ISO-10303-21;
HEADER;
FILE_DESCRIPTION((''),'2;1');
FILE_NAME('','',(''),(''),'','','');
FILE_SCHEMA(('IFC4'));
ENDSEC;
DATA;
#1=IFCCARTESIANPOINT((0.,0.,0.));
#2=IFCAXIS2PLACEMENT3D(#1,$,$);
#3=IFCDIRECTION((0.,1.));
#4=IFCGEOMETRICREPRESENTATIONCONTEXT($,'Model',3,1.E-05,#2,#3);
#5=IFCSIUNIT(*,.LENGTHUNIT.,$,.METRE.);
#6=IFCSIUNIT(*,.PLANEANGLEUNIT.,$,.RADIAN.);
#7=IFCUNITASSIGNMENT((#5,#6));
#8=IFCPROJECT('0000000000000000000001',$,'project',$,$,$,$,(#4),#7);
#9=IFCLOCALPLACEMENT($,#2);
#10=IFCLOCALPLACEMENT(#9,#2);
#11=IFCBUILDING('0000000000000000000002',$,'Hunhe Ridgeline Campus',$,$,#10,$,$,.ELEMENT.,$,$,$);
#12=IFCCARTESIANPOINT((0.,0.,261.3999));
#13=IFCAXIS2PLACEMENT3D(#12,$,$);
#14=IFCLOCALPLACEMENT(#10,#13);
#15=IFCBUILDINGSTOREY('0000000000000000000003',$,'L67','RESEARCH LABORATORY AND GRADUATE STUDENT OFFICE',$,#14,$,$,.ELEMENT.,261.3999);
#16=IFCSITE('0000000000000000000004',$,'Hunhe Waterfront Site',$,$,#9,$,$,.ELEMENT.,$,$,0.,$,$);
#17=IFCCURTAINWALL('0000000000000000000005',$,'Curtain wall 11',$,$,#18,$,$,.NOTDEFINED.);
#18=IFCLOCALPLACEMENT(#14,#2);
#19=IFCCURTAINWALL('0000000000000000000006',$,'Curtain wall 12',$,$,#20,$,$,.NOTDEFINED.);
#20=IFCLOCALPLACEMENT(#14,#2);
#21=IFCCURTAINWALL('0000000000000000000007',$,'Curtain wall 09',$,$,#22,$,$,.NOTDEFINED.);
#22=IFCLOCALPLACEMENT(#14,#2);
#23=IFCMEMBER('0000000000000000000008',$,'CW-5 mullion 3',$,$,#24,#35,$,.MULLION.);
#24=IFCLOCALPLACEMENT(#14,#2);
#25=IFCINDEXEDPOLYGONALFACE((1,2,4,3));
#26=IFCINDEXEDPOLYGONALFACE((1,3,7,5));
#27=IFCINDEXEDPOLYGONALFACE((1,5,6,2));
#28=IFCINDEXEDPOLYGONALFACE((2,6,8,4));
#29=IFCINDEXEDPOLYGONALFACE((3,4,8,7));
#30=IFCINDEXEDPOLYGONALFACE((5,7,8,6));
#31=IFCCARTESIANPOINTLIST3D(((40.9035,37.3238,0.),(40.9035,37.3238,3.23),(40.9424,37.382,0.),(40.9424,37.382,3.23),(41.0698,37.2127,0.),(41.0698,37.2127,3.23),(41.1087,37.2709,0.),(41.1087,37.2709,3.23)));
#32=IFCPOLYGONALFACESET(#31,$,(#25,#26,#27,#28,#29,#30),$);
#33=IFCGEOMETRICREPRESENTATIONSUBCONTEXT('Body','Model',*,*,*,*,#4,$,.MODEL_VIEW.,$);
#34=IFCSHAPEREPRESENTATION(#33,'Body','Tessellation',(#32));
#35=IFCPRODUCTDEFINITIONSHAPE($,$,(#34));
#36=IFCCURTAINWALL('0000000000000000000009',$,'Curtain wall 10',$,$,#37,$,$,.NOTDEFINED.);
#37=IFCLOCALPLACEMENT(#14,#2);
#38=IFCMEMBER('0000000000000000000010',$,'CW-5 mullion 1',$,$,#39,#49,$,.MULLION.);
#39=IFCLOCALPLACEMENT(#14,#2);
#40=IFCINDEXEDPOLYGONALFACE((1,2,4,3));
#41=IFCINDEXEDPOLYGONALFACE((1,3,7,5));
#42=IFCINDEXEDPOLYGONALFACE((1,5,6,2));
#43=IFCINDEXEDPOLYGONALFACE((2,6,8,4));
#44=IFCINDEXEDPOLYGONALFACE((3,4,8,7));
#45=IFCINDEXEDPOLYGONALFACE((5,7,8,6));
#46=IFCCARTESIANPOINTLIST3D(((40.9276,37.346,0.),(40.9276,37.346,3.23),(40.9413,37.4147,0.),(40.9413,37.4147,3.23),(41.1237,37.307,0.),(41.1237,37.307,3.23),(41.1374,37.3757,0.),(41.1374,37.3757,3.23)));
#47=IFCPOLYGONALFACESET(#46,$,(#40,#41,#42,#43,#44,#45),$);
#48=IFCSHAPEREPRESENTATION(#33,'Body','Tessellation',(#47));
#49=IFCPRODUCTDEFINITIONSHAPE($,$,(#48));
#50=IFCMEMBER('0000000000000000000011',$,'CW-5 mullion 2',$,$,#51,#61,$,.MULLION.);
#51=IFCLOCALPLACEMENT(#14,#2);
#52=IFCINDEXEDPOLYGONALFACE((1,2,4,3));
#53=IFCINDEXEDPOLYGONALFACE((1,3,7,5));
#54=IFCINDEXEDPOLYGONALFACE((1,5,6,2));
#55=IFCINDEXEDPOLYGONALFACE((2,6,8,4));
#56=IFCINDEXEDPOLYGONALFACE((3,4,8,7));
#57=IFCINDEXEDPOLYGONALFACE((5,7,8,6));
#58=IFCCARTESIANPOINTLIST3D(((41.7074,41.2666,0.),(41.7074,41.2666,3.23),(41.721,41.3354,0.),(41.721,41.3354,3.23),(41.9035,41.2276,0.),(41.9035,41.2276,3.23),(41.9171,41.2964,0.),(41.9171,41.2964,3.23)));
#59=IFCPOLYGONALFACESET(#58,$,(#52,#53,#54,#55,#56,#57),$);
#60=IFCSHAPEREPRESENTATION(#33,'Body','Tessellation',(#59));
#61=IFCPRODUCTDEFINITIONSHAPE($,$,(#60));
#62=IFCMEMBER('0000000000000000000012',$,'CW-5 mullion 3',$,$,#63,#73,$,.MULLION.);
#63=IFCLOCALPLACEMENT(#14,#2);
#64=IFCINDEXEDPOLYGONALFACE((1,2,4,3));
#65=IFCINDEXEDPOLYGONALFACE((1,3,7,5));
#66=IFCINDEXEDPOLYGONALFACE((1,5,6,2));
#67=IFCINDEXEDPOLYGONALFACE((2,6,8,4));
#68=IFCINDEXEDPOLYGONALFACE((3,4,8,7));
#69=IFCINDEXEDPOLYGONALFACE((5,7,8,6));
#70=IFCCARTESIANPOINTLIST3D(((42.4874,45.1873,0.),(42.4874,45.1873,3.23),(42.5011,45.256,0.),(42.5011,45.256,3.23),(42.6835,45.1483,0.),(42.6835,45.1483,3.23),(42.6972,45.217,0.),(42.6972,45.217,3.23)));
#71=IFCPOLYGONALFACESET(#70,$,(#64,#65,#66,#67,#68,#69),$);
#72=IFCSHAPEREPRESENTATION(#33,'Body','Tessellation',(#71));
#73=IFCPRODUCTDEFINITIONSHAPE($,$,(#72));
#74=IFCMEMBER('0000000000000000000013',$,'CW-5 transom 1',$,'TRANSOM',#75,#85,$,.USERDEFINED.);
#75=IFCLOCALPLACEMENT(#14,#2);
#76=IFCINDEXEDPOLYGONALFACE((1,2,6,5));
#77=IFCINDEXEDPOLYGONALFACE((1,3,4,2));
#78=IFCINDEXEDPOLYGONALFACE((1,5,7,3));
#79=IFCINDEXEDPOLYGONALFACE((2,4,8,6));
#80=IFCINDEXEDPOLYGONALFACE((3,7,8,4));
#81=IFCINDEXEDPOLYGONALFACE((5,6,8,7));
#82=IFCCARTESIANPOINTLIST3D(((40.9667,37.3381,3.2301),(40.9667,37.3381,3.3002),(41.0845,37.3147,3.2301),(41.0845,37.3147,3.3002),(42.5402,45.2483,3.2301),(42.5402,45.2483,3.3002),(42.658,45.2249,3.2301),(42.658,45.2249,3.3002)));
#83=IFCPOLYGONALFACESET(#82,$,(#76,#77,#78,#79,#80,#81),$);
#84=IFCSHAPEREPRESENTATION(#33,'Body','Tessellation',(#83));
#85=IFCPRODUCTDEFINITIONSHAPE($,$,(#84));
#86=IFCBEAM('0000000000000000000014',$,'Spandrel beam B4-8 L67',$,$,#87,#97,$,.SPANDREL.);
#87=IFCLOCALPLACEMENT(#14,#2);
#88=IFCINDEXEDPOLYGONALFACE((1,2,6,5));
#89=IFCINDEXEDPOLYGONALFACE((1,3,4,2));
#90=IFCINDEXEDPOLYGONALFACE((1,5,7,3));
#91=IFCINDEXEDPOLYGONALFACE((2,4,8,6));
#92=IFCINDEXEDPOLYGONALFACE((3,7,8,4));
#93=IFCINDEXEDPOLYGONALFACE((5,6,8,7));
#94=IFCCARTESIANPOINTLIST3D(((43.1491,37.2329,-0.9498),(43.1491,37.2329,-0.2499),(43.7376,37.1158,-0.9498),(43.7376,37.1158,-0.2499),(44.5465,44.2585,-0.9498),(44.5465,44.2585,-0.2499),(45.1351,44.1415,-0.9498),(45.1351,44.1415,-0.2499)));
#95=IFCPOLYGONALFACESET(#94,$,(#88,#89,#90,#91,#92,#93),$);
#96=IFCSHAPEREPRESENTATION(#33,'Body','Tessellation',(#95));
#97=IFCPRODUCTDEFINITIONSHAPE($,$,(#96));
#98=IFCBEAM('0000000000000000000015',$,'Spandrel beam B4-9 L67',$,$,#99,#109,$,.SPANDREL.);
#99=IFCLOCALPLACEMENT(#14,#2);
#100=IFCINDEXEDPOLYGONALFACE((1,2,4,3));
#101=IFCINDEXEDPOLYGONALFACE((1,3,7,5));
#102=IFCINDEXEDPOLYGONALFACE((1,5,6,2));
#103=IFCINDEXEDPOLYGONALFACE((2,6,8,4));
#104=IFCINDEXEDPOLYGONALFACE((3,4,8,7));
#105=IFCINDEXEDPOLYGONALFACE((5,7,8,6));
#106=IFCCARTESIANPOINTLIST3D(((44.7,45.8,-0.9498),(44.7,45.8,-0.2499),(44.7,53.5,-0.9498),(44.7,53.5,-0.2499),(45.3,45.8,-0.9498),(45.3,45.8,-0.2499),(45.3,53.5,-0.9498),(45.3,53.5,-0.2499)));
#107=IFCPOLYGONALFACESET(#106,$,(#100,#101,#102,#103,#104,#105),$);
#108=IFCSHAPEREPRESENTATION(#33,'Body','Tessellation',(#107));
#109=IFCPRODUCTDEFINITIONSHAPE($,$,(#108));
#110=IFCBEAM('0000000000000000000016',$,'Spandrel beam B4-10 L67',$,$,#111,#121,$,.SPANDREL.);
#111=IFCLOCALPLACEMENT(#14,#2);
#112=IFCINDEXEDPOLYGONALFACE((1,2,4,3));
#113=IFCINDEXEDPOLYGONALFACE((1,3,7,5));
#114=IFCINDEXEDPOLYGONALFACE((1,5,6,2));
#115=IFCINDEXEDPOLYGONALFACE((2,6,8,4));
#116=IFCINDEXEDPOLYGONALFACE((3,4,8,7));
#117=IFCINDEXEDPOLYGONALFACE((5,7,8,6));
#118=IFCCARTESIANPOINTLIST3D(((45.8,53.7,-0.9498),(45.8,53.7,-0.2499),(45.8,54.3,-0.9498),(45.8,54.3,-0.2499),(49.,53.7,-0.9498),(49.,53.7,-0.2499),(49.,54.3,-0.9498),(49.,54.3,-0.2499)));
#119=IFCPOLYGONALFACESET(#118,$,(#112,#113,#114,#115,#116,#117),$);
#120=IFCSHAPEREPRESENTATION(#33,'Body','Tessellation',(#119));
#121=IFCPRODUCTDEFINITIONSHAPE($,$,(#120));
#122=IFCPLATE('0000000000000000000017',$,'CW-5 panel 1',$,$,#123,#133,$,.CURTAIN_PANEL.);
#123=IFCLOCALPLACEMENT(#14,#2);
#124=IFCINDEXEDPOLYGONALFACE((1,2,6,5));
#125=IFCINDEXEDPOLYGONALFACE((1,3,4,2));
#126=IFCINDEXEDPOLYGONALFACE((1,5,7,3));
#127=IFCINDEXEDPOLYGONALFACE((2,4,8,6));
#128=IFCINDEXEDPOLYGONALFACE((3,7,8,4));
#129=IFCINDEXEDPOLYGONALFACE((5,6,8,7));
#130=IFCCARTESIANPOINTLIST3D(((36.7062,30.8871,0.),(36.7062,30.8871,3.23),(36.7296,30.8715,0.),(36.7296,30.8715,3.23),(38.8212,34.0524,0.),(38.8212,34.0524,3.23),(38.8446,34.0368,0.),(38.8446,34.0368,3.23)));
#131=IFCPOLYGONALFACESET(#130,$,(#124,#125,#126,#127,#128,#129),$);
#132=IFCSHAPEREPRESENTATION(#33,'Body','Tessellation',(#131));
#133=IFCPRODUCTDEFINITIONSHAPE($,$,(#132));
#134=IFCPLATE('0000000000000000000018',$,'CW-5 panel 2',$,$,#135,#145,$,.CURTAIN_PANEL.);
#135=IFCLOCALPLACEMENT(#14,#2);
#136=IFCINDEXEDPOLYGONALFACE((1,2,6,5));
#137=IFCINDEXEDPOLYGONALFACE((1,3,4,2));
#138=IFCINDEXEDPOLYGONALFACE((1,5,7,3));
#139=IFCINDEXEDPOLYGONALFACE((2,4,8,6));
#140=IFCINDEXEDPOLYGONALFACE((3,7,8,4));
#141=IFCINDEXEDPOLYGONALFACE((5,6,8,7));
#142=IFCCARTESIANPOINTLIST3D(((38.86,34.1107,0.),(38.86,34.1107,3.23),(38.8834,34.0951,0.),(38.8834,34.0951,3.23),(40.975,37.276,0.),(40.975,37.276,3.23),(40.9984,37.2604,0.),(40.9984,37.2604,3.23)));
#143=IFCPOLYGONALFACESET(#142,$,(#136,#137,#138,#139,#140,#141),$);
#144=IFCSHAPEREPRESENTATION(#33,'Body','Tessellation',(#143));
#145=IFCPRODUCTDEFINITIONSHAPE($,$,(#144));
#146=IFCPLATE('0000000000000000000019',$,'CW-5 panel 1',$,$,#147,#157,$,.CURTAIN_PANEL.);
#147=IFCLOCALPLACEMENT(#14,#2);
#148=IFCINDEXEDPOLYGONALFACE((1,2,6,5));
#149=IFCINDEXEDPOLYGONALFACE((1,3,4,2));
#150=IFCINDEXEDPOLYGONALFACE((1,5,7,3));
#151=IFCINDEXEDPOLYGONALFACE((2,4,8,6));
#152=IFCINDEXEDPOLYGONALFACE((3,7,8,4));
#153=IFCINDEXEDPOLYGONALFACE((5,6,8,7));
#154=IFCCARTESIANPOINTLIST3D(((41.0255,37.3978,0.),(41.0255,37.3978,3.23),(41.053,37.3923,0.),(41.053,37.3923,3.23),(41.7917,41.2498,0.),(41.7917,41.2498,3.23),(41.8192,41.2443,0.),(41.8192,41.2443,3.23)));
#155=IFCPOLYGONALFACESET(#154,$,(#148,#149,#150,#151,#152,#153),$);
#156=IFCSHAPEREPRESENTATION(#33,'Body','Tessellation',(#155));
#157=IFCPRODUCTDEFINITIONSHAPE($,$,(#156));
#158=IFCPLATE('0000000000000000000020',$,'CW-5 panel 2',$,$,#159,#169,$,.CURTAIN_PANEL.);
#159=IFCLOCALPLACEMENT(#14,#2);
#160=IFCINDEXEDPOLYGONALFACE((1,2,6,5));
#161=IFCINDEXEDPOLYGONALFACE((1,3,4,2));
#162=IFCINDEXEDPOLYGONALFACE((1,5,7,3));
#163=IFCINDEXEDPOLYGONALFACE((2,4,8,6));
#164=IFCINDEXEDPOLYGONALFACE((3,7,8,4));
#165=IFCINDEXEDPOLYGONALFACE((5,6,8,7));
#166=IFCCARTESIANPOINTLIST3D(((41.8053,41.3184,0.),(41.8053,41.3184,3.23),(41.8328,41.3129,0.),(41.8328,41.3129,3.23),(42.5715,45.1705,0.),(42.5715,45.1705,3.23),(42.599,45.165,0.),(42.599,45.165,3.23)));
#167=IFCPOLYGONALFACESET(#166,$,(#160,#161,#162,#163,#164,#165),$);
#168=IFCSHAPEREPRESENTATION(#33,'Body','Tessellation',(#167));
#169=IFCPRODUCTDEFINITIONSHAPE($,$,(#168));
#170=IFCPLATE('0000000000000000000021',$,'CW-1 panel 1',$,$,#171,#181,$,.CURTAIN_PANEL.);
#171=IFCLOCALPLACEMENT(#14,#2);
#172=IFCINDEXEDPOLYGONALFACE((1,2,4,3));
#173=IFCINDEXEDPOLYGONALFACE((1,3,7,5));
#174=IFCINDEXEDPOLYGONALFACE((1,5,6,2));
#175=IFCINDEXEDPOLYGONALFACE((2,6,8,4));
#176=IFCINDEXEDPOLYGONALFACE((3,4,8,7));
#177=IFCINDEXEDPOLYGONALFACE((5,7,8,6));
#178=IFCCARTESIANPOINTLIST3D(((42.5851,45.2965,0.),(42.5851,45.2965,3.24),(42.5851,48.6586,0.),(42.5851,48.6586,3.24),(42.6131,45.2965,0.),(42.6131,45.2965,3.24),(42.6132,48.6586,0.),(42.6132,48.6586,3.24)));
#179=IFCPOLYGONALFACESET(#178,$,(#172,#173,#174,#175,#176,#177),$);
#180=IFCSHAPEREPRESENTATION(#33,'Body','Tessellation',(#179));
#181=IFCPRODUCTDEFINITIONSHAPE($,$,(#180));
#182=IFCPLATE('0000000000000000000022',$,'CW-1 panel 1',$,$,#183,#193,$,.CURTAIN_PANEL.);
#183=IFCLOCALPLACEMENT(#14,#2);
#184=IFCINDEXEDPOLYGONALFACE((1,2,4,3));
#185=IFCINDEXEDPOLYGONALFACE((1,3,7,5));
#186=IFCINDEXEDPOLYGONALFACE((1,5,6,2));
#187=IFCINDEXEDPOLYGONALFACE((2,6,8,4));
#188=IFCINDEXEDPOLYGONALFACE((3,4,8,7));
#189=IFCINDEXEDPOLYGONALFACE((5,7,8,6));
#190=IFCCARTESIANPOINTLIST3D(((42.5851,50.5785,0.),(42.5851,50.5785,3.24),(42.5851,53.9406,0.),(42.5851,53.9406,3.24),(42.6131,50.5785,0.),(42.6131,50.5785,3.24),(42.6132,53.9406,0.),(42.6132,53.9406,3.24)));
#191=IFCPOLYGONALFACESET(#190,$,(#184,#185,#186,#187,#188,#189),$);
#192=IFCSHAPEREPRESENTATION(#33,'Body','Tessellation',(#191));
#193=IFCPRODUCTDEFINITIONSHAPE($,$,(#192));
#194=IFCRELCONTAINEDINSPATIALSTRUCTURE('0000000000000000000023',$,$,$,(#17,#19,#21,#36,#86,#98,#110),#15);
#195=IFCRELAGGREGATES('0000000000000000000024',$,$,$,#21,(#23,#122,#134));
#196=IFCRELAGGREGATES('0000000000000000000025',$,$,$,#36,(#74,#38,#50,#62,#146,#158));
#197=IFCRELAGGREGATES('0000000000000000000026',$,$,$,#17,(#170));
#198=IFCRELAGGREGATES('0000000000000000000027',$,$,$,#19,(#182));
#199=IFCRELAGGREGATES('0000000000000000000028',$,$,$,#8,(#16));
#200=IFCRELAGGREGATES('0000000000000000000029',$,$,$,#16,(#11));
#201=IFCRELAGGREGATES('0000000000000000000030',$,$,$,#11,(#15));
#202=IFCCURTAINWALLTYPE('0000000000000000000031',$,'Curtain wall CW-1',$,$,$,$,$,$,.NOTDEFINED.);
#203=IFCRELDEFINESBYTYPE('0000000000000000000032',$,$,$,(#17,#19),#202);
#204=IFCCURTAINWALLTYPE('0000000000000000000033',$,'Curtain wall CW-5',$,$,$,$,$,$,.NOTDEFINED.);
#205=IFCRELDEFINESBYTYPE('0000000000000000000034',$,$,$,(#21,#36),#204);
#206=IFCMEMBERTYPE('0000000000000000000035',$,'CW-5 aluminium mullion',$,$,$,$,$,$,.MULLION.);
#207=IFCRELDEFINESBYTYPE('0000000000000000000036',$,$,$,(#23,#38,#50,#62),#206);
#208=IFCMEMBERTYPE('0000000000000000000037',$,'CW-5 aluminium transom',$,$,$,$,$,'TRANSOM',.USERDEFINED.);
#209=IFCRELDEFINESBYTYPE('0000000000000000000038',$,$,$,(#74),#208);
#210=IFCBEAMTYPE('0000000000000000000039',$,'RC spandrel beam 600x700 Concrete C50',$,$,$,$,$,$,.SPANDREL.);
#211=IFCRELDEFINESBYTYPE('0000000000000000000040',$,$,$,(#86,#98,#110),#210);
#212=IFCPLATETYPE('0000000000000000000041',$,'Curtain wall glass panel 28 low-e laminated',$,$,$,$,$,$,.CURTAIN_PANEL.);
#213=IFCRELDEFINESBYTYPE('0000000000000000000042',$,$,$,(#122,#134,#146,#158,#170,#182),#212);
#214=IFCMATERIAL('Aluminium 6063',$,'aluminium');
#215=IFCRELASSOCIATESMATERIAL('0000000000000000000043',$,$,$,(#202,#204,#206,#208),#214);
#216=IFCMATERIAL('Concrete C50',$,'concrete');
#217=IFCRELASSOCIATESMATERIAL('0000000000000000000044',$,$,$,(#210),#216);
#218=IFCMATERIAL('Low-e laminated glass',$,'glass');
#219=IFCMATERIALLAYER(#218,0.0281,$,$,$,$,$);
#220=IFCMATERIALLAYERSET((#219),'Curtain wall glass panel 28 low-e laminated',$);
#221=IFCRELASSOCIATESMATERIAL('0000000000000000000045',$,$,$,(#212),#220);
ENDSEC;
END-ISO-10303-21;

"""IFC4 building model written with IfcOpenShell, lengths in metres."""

from ifc_helpers import new_model, si_unit, direction, frame, origin, origin_2d, place, context, subcontext, project, spatial, rectangle, extrude, material, layer, layer_set, material_profile, profile_set, type_object, element, aggregate, save


model = new_model("IFC4")

# Units and contexts
model_context = context("Model", 3, precision=1e-05, world=origin(), true_north=direction((0.0, 1.0)))
body_context = subcontext(model_context, "Body", "Model", "MODEL_VIEW")
ifc_project = project(units=[si_unit("LENGTHUNIT", "METRE"), si_unit("PLANEANGLEUNIT", "RADIAN")], contexts=[model_context])

# Site, building, storey
site_placement = place(None, origin())
site = spatial("IfcSite", under=ifc_project, at=site_placement, Name="Hunhe Waterfront Site", CompositionType="ELEMENT", RefElevation=0.0)
building_placement = place(site_placement, origin())
building = spatial("IfcBuilding", under=site, at=building_placement, Name="Hunhe Ridgeline Campus", CompositionType="ELEMENT")
storey_placement = place(building_placement, frame((0.0, 0.0, 261.3999)))
storey = spatial("IfcBuildingStorey", under=building, at=storey_placement, Name="L67", Description="RESEARCH LABORATORY AND GRADUATE STUDENT OFFICE", CompositionType="ELEMENT", Elevation=261.3999)

# Curtain walls
ifc_material_1 = material(Name="Aluminium 6063", Category="aluminium")
curtain_wall_type_1 = type_object("IfcCurtainWallType", Name="Curtain wall CW-1", PredefinedType="NOTDEFINED", material=ifc_material_1)
curtain_wall_1_placement = place(storey_placement, origin())
curtain_wall_1 = element("IfcCurtainWall", 1, at=curtain_wall_1_placement, inside=storey, type_object=curtain_wall_type_1, Name="Curtain wall 11", PredefinedType="NOTDEFINED")
curtain_wall_2_placement = place(storey_placement, origin())
curtain_wall_2 = element("IfcCurtainWall", 2, at=curtain_wall_2_placement, inside=storey, type_object=curtain_wall_type_1, Name="Curtain wall 12", PredefinedType="NOTDEFINED")

# Curtain walls, members
curtain_wall_type_2 = type_object("IfcCurtainWallType", Name="Curtain wall CW-5", PredefinedType="NOTDEFINED", material=ifc_material_1)
curtain_wall_3_placement = place(storey_placement, origin())
curtain_wall_3 = element("IfcCurtainWall", 3, at=curtain_wall_3_placement, inside=storey, type_object=curtain_wall_type_2, Name="Curtain wall 09", PredefinedType="NOTDEFINED")
ifc_material_profile_1 = material_profile(ifc_material_1, rectangle(XDim=0.2, YDim=0.0701, at=origin_2d()))
ifc_profile_set_1 = profile_set([ifc_material_profile_1], Name="Aluminium 6063")
member_type_1 = type_object("IfcMemberType", Name="CW-5 aluminium mullion", PredefinedType="MULLION", material=ifc_profile_set_1)
member_1_placement = place(storey_placement, frame((41.0061, 37.2974, 0.0), z_axis=(0.0, 0.0, 1.0), x_axis=(-0.83147, 0.55557, 0.0)))
member_1 = element("IfcMember", 4, at=member_1_placement, type_object=member_type_1, Name="CW-5 mullion 3", PredefinedType="MULLION", context=body_context, shape_type="SweptSolid", body=[
    extrude(rectangle(XDim=0.2, YDim=0.0701, at=origin_2d()), origin(), (0.0, 0.0, 1.0), 3.23),
])
curtain_wall_4_placement = place(storey_placement, origin())
curtain_wall_4 = element("IfcCurtainWall", 5, at=curtain_wall_4_placement, inside=storey, type_object=curtain_wall_type_2, Name="Curtain wall 10", PredefinedType="NOTDEFINED")
member_2_placement = place(storey_placement, frame((41.0325, 37.3608, 0.0), z_axis=(0.0, 0.0, 1.0), x_axis=(-0.980785, 0.19509, 0.0)))
member_2 = element("IfcMember", 6, at=member_2_placement, type_object=member_type_1, Name="CW-5 mullion 1", PredefinedType="MULLION", context=body_context, shape_type="SweptSolid", body=[
    extrude(rectangle(XDim=0.2, YDim=0.0701, at=origin_2d()), origin(), (0.0, 0.0, 1.0), 3.23),
])
member_3_placement = place(storey_placement, frame((41.8123, 41.2815, 0.0), z_axis=(0.0, 0.0, 1.0), x_axis=(-0.980785, 0.19509, 0.0)))
member_3 = element("IfcMember", 7, at=member_3_placement, type_object=member_type_1, Name="CW-5 mullion 2", PredefinedType="MULLION", context=body_context, shape_type="SweptSolid", body=[
    extrude(rectangle(XDim=0.2, YDim=0.0701, at=origin_2d()), origin(), (0.0, 0.0, 1.0), 3.23),
])
member_4_placement = place(storey_placement, frame((42.5923, 45.2021, 0.0), z_axis=(0.0, 0.0, 1.0), x_axis=(-0.980785, 0.19509, 0.0)))
member_4 = element("IfcMember", 8, at=member_4_placement, type_object=member_type_1, Name="CW-5 mullion 3", PredefinedType="MULLION", context=body_context, shape_type="SweptSolid", body=[
    extrude(rectangle(XDim=0.2, YDim=0.0701, at=origin_2d()), origin(), (0.0, 0.0, 1.0), 3.23),
])
ifc_material_profile_2 = material_profile(ifc_material_1, rectangle(XDim=0.1201, YDim=0.0701, at=origin_2d()))
ifc_profile_set_2 = profile_set([ifc_material_profile_2], Name="Aluminium 6063")
member_type_2 = type_object("IfcMemberType", Name="CW-5 aluminium transom", ElementType="TRANSOM", PredefinedType="USERDEFINED", material=ifc_profile_set_2)
member_5_placement = place(storey_placement, frame((41.0256, 37.3264, 3.2651), z_axis=(0.195097, 0.980784, 0.0), x_axis=(-0.980784, 0.195097, 0.0)))
member_5 = element("IfcMember", 9, at=member_5_placement, type_object=member_type_2, Name="CW-5 transom 1", ObjectType="TRANSOM", PredefinedType="USERDEFINED", context=body_context, shape_type="SweptSolid", body=[
    extrude(rectangle(XDim=0.1201, YDim=0.0701, at=origin_2d()), origin(), (0.0, 0.0, 1.0), 8.0652),
])

# Beams
ifc_material_2 = material(Name="Concrete C50", Category="concrete")
ifc_material_profile_3 = material_profile(ifc_material_2, rectangle(XDim=0.6001, YDim=0.7, at=origin_2d()))
ifc_profile_set_3 = profile_set([ifc_material_profile_3], Name="Concrete C50")
beam_type = type_object("IfcBeamType", Name="RC spandrel beam 600x700 Concrete C50", PredefinedType="SPANDREL", material=ifc_profile_set_3)
beam_1_placement = place(storey_placement, frame((43.4434, 37.1743, -0.5999), z_axis=(0.195087, 0.980786, 0.0), x_axis=(-0.980786, 0.195087, 0.0)))
element("IfcBeam", 10, at=beam_1_placement, inside=storey, type_object=beam_type, Name="Spandrel beam B4-8 L67", PredefinedType="SPANDREL", context=body_context, shape_type="SweptSolid", body=[
    extrude(rectangle(XDim=0.6001, YDim=0.7, at=origin_2d()), origin(), (0.0, 0.0, 1.0), 7.1633),
])
beam_2_placement = place(storey_placement, frame((45.0, 45.8, -0.5999), z_axis=(0.0, 1.0, 0.0), x_axis=(-1.0, 0.0, 0.0)))
element("IfcBeam", 11, at=beam_2_placement, inside=storey, type_object=beam_type, Name="Spandrel beam B4-9 L67", PredefinedType="SPANDREL", context=body_context, shape_type="SweptSolid", body=[
    extrude(rectangle(XDim=0.6001, YDim=0.7, at=origin_2d()), origin(), (0.0, 0.0, 1.0), 7.7),
])
beam_3_placement = place(storey_placement, frame((45.8, 54.0, -0.5999), z_axis=(1.0, 0.0, 0.0), x_axis=(0.0, 1.0, 0.0)))
element("IfcBeam", 12, at=beam_3_placement, inside=storey, type_object=beam_type, Name="Spandrel beam B4-10 L67", PredefinedType="SPANDREL", context=body_context, shape_type="SweptSolid", body=[
    extrude(rectangle(XDim=0.6001, YDim=0.7, at=origin_2d()), origin(), (0.0, 0.0, 1.0), 3.2),
])

# Plates
ifc_material_3 = material(Name="Low-e laminated glass", Category="glass")
ifc_layer_1 = layer(ifc_material_3, 0.0281)
ifc_layer_set_1 = layer_set([ifc_layer_1], Name="Curtain wall glass panel 28 low-e laminated")
plate_type = type_object("IfcPlateType", Name="Curtain wall glass panel 28 low-e laminated", PredefinedType="CURTAIN_PANEL", material=ifc_layer_set_1)
plate_1_placement = place(storey_placement, frame((37.7754, 32.4619, 0.0), z_axis=(0.0, 0.0, 1.0), x_axis=(0.55557, 0.83147, 0.0)))
plate_1 = element("IfcPlate", 13, at=plate_1_placement, type_object=plate_type, Name="CW-5 panel 1", PredefinedType="CURTAIN_PANEL", context=body_context, shape_type="SweptSolid", body=[
    extrude(rectangle(XDim=3.8069, YDim=0.0281, at=origin_2d()), origin(), (0.0, 0.0, 1.0), 3.23),
])
plate_2_placement = place(storey_placement, frame((39.9292, 35.6855, 0.0), z_axis=(0.0, 0.0, 1.0), x_axis=(0.55557, 0.83147, 0.0)))
plate_2 = element("IfcPlate", 14, at=plate_2_placement, type_object=plate_type, Name="CW-5 panel 2", PredefinedType="CURTAIN_PANEL", context=body_context, shape_type="SweptSolid", body=[
    extrude(rectangle(XDim=3.8069, YDim=0.0281, at=origin_2d()), origin(), (0.0, 0.0, 1.0), 3.23),
])
aggregate(curtain_wall_3, [member_1, plate_1, plate_2])
plate_3_placement = place(storey_placement, frame((41.4224, 39.321, 0.0), z_axis=(0.0, 0.0, 1.0), x_axis=(0.19509, 0.980785, 0.0)))
plate_3 = element("IfcPlate", 15, at=plate_3_placement, type_object=plate_type, Name="CW-5 panel 1", PredefinedType="CURTAIN_PANEL", context=body_context, shape_type="SweptSolid", body=[
    extrude(rectangle(XDim=3.9275, YDim=0.0281, at=origin_2d()), origin(), (0.0, 0.0, 1.0), 3.23),
])
plate_4_placement = place(storey_placement, frame((42.2021, 43.2417, 0.0), z_axis=(0.0, 0.0, 1.0), x_axis=(0.19509, 0.980785, 0.0)))
plate_4 = element("IfcPlate", 16, at=plate_4_placement, type_object=plate_type, Name="CW-5 panel 2", PredefinedType="CURTAIN_PANEL", context=body_context, shape_type="SweptSolid", body=[
    extrude(rectangle(XDim=3.9275, YDim=0.0281, at=origin_2d()), origin(), (0.0, 0.0, 1.0), 3.23),
])
aggregate(curtain_wall_4, [member_5, member_2, member_3, member_4, plate_3, plate_4])
plate_5_placement = place(storey_placement, frame((42.5991, 46.9775, 0.0), z_axis=(0.0, 0.0, 1.0), x_axis=(0.000019, 1.0, 0.0)))
plate_5 = element("IfcPlate", 17, at=plate_5_placement, type_object=plate_type, Name="CW-1 panel 1", PredefinedType="CURTAIN_PANEL", context=body_context, shape_type="SweptSolid", body=[
    extrude(rectangle(XDim=3.3621, YDim=0.0281, at=origin_2d()), origin(), (0.0, 0.0, 1.0), 3.24),
])
aggregate(curtain_wall_1, [plate_5])
plate_6_placement = place(storey_placement, frame((42.5991, 52.2595, 0.0), z_axis=(0.0, 0.0, 1.0), x_axis=(0.000019, 1.0, 0.0)))
plate_6 = element("IfcPlate", 18, at=plate_6_placement, type_object=plate_type, Name="CW-1 panel 1", PredefinedType="CURTAIN_PANEL", context=body_context, shape_type="SweptSolid", body=[
    extrude(rectangle(XDim=3.3621, YDim=0.0281, at=origin_2d()), origin(), (0.0, 0.0, 1.0), 3.24),
])
aggregate(curtain_wall_2, [plate_6])

save(model, "model.ifc")
